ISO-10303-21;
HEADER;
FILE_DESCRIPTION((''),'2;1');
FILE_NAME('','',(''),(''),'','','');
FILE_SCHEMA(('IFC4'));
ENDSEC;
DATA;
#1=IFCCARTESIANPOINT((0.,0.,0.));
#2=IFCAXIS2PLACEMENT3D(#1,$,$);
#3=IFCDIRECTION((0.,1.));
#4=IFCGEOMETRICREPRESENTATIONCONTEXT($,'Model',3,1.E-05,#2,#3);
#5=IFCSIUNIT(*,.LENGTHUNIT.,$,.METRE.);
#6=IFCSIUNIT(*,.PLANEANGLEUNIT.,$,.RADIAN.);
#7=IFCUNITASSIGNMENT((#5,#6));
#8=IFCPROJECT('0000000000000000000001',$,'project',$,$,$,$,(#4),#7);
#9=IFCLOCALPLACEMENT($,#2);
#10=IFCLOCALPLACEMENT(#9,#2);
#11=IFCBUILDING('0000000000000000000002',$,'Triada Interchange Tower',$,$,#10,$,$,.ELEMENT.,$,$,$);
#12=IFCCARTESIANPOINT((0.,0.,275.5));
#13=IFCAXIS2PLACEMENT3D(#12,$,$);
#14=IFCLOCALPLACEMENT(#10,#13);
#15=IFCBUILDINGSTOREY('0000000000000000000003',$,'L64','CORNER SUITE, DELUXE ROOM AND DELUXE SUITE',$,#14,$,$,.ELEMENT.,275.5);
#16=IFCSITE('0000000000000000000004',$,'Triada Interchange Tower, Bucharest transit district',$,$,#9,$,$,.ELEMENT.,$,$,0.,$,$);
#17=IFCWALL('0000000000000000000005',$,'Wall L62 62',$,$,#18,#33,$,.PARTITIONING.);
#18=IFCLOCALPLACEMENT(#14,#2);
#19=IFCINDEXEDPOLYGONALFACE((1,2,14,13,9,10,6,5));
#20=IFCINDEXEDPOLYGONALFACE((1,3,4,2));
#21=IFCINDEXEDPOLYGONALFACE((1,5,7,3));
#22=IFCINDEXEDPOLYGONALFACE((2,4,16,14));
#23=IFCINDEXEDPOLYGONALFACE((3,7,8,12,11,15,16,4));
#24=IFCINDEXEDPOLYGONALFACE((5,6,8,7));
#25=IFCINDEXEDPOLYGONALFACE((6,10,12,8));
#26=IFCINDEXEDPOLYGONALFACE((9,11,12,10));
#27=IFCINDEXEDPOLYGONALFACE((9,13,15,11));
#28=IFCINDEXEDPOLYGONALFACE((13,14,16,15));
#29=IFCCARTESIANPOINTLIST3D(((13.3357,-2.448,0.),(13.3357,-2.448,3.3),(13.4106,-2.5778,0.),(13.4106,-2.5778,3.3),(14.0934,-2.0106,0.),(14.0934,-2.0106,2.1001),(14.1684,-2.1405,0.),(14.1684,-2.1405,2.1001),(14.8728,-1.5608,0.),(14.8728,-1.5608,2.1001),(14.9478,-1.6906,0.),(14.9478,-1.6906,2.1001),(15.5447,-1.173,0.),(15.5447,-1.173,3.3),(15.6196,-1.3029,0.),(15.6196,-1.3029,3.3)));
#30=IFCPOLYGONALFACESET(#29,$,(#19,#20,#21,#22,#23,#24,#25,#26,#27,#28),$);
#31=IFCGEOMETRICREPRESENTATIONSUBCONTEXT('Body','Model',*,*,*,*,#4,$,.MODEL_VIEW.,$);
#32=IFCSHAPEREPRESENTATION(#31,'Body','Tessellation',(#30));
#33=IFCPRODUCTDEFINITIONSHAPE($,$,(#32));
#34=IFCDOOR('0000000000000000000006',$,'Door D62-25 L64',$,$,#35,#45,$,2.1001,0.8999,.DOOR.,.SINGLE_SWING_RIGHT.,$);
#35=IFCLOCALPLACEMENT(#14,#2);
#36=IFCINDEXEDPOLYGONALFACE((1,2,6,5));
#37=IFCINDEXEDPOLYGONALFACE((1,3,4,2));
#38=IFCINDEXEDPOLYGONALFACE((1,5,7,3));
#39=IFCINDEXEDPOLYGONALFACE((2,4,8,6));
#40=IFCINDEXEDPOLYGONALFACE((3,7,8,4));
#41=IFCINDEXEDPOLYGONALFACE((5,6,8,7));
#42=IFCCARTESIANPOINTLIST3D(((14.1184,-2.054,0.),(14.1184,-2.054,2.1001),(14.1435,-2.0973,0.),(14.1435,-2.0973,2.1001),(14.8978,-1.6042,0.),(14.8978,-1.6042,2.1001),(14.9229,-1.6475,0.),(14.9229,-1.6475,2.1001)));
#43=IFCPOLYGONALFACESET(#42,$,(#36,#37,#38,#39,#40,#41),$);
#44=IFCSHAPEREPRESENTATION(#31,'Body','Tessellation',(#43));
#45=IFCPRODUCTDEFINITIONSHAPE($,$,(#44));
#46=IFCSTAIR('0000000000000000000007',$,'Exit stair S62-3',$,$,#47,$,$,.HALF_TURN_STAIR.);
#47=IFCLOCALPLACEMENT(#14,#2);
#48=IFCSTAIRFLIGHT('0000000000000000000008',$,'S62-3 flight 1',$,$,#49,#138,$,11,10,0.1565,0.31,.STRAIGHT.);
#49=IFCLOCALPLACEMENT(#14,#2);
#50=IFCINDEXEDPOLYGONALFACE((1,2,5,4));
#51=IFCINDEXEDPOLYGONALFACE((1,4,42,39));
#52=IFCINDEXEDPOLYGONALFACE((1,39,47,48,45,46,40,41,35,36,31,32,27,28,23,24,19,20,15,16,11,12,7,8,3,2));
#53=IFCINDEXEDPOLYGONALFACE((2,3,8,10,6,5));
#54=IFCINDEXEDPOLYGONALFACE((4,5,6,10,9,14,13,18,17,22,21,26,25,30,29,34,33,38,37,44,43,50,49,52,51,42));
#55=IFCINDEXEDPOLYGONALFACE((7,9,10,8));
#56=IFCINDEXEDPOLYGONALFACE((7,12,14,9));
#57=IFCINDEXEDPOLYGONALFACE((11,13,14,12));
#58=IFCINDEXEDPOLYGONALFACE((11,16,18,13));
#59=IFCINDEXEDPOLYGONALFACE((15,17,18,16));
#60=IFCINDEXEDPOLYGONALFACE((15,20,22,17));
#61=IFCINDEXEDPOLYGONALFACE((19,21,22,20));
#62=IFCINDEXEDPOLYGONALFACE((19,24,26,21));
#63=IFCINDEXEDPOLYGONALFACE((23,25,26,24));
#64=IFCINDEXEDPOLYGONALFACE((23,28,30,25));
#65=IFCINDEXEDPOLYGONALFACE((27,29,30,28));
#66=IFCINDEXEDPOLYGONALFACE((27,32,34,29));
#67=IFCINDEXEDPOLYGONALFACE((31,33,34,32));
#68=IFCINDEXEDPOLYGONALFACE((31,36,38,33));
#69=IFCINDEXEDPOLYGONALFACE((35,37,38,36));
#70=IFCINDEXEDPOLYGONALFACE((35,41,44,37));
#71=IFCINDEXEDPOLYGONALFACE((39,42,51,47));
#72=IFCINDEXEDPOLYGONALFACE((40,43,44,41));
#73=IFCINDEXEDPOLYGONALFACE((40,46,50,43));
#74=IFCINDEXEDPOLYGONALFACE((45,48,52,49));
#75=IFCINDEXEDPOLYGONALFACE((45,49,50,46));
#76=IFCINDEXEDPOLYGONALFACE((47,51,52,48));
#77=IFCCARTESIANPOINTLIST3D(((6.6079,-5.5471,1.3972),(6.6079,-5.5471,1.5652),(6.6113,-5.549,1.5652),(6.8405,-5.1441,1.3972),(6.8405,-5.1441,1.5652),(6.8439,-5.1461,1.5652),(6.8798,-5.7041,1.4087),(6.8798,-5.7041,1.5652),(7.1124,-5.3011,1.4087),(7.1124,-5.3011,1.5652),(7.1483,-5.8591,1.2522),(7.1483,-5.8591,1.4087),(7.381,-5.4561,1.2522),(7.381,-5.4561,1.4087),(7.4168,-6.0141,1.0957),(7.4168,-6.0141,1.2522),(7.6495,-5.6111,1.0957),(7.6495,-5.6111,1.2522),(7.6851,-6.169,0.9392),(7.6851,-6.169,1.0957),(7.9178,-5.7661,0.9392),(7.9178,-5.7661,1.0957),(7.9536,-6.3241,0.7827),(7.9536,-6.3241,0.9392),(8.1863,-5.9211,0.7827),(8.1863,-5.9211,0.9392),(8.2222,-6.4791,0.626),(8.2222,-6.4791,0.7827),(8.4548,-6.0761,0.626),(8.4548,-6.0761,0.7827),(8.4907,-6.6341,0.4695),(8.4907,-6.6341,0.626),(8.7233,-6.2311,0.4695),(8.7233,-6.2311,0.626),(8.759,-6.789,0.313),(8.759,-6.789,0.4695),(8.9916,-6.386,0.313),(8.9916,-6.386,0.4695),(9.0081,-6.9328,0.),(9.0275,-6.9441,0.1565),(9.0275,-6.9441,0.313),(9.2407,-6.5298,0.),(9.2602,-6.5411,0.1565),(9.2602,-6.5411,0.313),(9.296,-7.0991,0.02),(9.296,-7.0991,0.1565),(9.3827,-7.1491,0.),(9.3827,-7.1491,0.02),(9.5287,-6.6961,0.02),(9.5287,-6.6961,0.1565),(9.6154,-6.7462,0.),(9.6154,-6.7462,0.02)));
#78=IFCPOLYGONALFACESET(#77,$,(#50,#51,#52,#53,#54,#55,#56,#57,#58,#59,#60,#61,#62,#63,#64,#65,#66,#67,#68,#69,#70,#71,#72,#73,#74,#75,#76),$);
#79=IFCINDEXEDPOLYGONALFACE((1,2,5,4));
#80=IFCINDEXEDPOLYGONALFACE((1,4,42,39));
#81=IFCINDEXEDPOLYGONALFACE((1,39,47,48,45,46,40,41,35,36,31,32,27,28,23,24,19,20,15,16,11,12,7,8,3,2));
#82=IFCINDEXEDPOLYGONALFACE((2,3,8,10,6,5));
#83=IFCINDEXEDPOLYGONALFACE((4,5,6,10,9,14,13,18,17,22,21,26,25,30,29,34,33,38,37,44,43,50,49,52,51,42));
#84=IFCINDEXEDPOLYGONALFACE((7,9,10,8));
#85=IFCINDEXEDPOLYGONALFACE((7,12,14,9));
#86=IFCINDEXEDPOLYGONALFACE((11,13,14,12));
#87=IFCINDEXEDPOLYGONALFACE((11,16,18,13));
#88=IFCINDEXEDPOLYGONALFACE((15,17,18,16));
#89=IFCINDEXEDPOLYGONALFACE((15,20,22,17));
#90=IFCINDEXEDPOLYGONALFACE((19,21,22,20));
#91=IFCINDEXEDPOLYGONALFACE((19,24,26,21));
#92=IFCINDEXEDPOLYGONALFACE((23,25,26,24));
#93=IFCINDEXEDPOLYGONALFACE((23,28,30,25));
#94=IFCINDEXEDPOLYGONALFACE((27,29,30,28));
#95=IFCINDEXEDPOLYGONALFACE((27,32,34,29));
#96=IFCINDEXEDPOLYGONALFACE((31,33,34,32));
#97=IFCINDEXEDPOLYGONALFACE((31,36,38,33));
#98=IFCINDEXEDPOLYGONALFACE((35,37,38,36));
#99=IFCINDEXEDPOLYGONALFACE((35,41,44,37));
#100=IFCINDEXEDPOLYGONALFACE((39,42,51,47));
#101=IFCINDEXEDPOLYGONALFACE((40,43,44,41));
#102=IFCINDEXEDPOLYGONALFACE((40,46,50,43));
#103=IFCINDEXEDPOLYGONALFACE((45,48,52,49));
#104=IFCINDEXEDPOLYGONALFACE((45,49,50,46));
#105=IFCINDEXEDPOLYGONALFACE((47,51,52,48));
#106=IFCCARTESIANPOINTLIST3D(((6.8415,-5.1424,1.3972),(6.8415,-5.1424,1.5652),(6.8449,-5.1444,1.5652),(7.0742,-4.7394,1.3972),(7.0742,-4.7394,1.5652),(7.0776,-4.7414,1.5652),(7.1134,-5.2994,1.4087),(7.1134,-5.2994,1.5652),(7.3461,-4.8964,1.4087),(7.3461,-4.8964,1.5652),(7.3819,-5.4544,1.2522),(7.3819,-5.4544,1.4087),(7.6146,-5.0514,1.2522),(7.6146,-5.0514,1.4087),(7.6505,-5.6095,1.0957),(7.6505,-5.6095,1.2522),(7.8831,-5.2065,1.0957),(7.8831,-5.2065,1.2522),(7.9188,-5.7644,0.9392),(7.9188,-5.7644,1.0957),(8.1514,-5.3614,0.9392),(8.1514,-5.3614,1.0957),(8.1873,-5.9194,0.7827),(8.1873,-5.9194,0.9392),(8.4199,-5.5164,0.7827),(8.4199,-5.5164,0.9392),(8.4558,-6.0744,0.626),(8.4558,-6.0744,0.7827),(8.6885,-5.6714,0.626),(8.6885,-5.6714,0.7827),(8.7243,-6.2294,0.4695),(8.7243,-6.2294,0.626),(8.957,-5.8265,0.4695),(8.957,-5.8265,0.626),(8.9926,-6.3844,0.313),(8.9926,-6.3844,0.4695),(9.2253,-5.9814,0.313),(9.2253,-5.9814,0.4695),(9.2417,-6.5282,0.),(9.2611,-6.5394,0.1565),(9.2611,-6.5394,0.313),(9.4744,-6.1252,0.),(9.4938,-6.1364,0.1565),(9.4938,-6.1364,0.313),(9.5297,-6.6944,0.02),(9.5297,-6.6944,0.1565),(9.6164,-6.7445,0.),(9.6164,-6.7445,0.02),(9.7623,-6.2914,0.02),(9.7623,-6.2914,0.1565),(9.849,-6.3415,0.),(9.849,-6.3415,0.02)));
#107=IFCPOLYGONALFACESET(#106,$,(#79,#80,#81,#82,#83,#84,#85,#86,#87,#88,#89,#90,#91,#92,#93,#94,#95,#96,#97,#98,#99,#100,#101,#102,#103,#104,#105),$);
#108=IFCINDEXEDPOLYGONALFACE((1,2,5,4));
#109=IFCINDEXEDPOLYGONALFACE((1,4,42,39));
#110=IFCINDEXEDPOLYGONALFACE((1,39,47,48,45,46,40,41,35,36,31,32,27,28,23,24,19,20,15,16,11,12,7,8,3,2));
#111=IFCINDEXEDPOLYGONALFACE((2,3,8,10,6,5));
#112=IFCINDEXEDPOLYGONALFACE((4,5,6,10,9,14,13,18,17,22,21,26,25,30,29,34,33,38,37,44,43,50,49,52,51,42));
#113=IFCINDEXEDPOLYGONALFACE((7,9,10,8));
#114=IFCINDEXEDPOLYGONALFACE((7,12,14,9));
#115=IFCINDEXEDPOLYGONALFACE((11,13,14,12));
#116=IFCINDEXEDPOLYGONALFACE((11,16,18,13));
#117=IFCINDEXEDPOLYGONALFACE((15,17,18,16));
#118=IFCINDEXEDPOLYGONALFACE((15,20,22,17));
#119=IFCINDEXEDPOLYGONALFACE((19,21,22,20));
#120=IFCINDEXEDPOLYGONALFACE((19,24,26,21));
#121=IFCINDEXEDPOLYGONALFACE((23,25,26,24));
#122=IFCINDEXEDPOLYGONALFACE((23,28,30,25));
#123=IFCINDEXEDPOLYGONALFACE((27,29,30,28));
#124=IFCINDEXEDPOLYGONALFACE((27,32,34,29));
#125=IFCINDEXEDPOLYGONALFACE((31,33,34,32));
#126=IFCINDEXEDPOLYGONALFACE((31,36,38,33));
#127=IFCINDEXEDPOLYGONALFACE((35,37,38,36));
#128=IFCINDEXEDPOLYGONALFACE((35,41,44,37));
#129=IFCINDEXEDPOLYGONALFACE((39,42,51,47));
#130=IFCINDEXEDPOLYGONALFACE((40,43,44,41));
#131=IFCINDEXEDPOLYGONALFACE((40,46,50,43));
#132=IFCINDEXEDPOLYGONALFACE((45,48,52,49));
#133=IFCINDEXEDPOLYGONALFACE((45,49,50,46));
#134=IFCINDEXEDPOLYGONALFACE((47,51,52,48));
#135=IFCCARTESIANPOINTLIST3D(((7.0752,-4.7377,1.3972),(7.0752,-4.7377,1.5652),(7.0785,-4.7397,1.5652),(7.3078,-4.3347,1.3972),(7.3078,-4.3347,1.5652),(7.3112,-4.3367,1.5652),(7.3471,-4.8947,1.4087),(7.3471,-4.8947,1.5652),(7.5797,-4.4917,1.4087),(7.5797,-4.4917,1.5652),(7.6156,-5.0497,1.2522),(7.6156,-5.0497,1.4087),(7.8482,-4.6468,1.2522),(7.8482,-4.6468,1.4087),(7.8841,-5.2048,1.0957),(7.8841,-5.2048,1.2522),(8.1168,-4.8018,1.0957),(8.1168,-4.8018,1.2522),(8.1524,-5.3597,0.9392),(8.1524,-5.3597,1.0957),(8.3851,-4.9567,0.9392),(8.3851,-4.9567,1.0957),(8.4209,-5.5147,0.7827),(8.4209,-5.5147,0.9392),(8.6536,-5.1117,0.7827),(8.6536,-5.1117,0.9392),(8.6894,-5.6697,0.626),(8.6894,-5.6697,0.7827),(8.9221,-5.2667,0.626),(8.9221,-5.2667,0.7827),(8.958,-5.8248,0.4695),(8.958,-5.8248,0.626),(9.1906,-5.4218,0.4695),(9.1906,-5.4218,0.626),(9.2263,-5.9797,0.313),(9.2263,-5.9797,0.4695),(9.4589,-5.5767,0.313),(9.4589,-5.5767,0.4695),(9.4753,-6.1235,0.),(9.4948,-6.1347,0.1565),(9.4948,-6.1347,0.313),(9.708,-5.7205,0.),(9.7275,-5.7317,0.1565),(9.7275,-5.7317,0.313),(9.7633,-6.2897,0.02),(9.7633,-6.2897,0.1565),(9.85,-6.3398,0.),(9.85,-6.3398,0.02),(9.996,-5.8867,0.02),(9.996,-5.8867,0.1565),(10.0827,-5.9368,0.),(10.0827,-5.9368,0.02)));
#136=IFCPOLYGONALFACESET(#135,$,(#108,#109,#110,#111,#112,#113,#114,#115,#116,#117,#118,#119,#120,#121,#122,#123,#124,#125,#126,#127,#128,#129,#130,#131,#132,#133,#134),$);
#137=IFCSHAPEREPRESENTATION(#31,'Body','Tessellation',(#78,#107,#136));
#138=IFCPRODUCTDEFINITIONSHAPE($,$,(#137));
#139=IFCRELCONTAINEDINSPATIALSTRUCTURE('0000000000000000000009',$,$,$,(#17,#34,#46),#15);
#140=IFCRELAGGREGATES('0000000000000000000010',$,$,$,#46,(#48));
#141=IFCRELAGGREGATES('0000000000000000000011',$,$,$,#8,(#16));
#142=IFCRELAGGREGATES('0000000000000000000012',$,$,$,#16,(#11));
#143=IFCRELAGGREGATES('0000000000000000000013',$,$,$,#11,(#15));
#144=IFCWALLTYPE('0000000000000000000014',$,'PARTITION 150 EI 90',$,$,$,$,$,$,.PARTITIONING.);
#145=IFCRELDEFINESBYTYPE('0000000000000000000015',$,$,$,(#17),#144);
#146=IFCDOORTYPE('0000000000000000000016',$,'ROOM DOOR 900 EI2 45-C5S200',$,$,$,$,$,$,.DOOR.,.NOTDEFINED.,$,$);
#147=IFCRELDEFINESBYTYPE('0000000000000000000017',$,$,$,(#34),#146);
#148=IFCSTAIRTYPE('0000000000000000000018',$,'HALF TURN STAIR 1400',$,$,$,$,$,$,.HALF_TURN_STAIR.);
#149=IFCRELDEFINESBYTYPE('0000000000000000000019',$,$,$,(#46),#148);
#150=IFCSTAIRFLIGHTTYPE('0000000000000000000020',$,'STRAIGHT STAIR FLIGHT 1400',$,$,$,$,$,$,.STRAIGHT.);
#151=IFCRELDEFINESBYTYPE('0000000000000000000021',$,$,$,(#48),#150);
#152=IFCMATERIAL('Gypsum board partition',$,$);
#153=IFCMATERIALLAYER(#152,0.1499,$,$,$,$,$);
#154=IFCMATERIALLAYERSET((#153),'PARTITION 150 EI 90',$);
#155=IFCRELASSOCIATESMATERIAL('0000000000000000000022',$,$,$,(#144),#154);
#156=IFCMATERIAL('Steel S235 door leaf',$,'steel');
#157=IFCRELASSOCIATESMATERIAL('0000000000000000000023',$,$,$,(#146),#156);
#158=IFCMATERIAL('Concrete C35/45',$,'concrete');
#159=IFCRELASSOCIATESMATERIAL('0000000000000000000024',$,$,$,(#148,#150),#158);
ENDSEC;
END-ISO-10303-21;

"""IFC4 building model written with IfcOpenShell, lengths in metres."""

from ifc_helpers import new_model, si_unit, direction, frame, frame_2d, origin, place, context, subcontext, project, spatial, polyline, rectangle, outline, extrude, material, layer, layer_set, type_object, element, fill, aggregate, save


model = new_model("IFC4")

# Units and contexts
model_context = context("Model", 3, precision=1e-05, world=origin(), true_north=direction((0.0, 1.0)))
body_context = subcontext(model_context, "Body", "Model", "MODEL_VIEW")
ifc_project = project(units=[si_unit("LENGTHUNIT", "METRE"), si_unit("PLANEANGLEUNIT", "RADIAN")], contexts=[model_context])

# Site, building, storey
site_placement = place(None, origin())
site = spatial("IfcSite", under=ifc_project, at=site_placement, Name="Triada Interchange Tower, Bucharest transit district", CompositionType="ELEMENT", RefElevation=0.0)
building_placement = place(site_placement, origin())
building = spatial("IfcBuilding", under=site, at=building_placement, Name="Triada Interchange Tower", CompositionType="ELEMENT")
storey_placement = place(building_placement, frame((0.0, 0.0, 275.5)))
storey = spatial("IfcBuildingStorey", under=building, at=storey_placement, Name="L64", Description="CORNER SUITE, DELUXE ROOM AND DELUXE SUITE", CompositionType="ELEMENT", Elevation=275.5)

# Shared definitions
ifc_material_1 = material(Name="Steel S235 door leaf", Category="steel")

# Wall, opening, door
ifc_material_2 = material(Name="Gypsum board partition")
ifc_layer_1 = layer(ifc_material_2, 0.1499)
ifc_layer_set_1 = layer_set([ifc_layer_1], Name="PARTITION 150 EI 90")
wall_type_1 = type_object("IfcWallType", Name="PARTITION 150 EI 90", PredefinedType="PARTITIONING", material=ifc_layer_set_1)
wall_1_placement = place(storey_placement, frame((13.373, -2.5129, 0.0), z_axis=(0.0, 0.0, 1.0), x_axis=(0.866103, 0.499866, 0.0)))
wall_1 = element("IfcWall", 1, at=wall_1_placement, inside=storey, type_object=wall_type_1, Name="Wall L62 62", PredefinedType="PARTITIONING", context=body_context, shape_type="SweptSolid", body=[
    extrude(rectangle(XDim=2.5505, YDim=0.1499, at=frame_2d((1.2754, 0.0))), origin(), (0.0, 0.0, 1.0), 3.3),
])
opening_1_placement = place(wall_1_placement, frame((0.875, 0.0, 0.0)))
opening_1 = element("IfcOpeningElement", 2, at=opening_1_placement, cuts=wall_1, PredefinedType="OPENING", context=body_context, shape_type="SweptSolid", body=[
    extrude(rectangle(XDim=0.8999, YDim=2.1001, at=frame_2d((0.45, 1.05))), frame((0.0, 0.085, 0.0), z_axis=(0.0, -1.0, 0.0), x_axis=(1.0, 0.0, 0.0)), (0.0, 0.0, 1.0), 0.1699),
])
door_type_1 = type_object("IfcDoorType", Name="ROOM DOOR 900 EI2 45-C5S200", OperationType="NOTDEFINED", PredefinedType="DOOR", material=ifc_material_1)
door_1_placement = place(opening_1_placement, origin())
door_1 = element("IfcDoor", 3, at=door_1_placement, inside=storey, type_object=door_type_1, Name="Door D62-25 L64", OperationType="SINGLE_SWING_RIGHT", OverallHeight=2.1001, OverallWidth=0.8999, PredefinedType="DOOR", context=body_context, shape_type="SweptSolid", body=[
    extrude(rectangle(XDim=0.8999, YDim=2.1001, at=frame_2d((0.45, 1.05))), frame((0.0, 0.0249, 0.0), z_axis=(0.0, -1.0, 0.0), x_axis=(1.0, 0.0, 0.0)), (0.0, 0.0, 1.0), 0.05),
])
fill(opening_1, door_1)

# Stair, stair flight
ifc_material_3 = material(Name="Concrete C35/45", Category="concrete")
stair_type = type_object("IfcStairType", Name="HALF TURN STAIR 1400", PredefinedType="HALF_TURN_STAIR", material=ifc_material_3)
stair_placement = place(storey_placement, origin())
stair = element("IfcStair", 4, at=stair_placement, inside=storey, type_object=stair_type, Name="Exit stair S62-3", PredefinedType="HALF_TURN_STAIR")
stair_flight_type = type_object("IfcStairFlightType", Name="STRAIGHT STAIR FLIGHT 1400", PredefinedType="STRAIGHT", material=ifc_material_3)
stair_flight_1_placement = place(storey_placement, frame((9.646, -6.4929, 0.0), z_axis=(0.0, 0.0, 1.0), x_axis=(-0.866025, 0.5, 0.0)))
stair_flight_1 = element("IfcStairFlight", 5, at=stair_flight_1_placement, type_object=stair_flight_type, Name="S62-3 flight 1", NumberOfRisers=11, NumberOfTreads=10, PredefinedType="STRAIGHT", RiserHeight=0.1565, TreadLength=0.31, context=body_context, shape_type="SweptSolid", body=[
    extrude(outline(polyline([(-0.1001, 0.0), (-0.1001, 0.02), (0.0, 0.02), (0.0, 0.1565), (0.3101, 0.1565), (0.3101, 0.313), (0.6201, 0.313), (0.6201, 0.4695), (0.9299, 0.4695), (0.9299, 0.626), (1.24, 0.626), (1.24, 0.7827), (1.55, 0.7827), (1.55, 0.9392), (1.8601, 0.9392), (1.8601, 1.0957), (2.1699, 1.0957), (2.1699, 1.2522), (2.48, 1.2522), (2.48, 1.4087), (2.79, 1.4087), (2.79, 1.5652), (3.1001, 1.5652), (3.104, 1.5652), (3.104, 1.7217), (3.104, 1.3972), (0.3325, 0.0), (-0.1001, 0.0)])), frame((0.0, 0.7, 0.0), z_axis=(0.0, -1.0, 0.0), x_axis=(1.0, 0.0, 0.0)), (0.0, 0.0, 1.0), 0.4653),
    extrude(outline(polyline([(-0.1001, 0.0), (-0.1001, 0.02), (0.0, 0.02), (0.0, 0.1565), (0.3101, 0.1565), (0.3101, 0.313), (0.6201, 0.313), (0.6201, 0.4695), (0.9299, 0.4695), (0.9299, 0.626), (1.24, 0.626), (1.24, 0.7827), (1.55, 0.7827), (1.55, 0.9392), (1.8601, 0.9392), (1.8601, 1.0957), (2.1699, 1.0957), (2.1699, 1.2522), (2.48, 1.2522), (2.48, 1.4087), (2.79, 1.4087), (2.79, 1.5652), (3.1001, 1.5652), (3.104, 1.5652), (3.104, 1.7217), (3.104, 1.3972), (0.3325, 0.0), (-0.1001, 0.0)])), frame((0.0, 0.2327, 0.0), z_axis=(0.0, -1.0, 0.0), x_axis=(1.0, 0.0, 0.0)), (0.0, 0.0, 1.0), 0.4653),
    extrude(outline(polyline([(-0.1001, 0.0), (-0.1001, 0.02), (0.0, 0.02), (0.0, 0.1565), (0.3101, 0.1565), (0.3101, 0.313), (0.6201, 0.313), (0.6201, 0.4695), (0.9299, 0.4695), (0.9299, 0.626), (1.24, 0.626), (1.24, 0.7827), (1.55, 0.7827), (1.55, 0.9392), (1.8601, 0.9392), (1.8601, 1.0957), (2.1699, 1.0957), (2.1699, 1.2522), (2.48, 1.2522), (2.48, 1.4087), (2.79, 1.4087), (2.79, 1.5652), (3.1001, 1.5652), (3.104, 1.5652), (3.104, 1.7217), (3.104, 1.3972), (0.3325, 0.0), (-0.1001, 0.0)])), frame((0.0, -0.2346, 0.0), z_axis=(0.0, -1.0, 0.0), x_axis=(1.0, 0.0, 0.0)), (0.0, 0.0, 1.0), 0.4653),
])
aggregate(stair, [stair_flight_1])

save(model, "model.ifc")
